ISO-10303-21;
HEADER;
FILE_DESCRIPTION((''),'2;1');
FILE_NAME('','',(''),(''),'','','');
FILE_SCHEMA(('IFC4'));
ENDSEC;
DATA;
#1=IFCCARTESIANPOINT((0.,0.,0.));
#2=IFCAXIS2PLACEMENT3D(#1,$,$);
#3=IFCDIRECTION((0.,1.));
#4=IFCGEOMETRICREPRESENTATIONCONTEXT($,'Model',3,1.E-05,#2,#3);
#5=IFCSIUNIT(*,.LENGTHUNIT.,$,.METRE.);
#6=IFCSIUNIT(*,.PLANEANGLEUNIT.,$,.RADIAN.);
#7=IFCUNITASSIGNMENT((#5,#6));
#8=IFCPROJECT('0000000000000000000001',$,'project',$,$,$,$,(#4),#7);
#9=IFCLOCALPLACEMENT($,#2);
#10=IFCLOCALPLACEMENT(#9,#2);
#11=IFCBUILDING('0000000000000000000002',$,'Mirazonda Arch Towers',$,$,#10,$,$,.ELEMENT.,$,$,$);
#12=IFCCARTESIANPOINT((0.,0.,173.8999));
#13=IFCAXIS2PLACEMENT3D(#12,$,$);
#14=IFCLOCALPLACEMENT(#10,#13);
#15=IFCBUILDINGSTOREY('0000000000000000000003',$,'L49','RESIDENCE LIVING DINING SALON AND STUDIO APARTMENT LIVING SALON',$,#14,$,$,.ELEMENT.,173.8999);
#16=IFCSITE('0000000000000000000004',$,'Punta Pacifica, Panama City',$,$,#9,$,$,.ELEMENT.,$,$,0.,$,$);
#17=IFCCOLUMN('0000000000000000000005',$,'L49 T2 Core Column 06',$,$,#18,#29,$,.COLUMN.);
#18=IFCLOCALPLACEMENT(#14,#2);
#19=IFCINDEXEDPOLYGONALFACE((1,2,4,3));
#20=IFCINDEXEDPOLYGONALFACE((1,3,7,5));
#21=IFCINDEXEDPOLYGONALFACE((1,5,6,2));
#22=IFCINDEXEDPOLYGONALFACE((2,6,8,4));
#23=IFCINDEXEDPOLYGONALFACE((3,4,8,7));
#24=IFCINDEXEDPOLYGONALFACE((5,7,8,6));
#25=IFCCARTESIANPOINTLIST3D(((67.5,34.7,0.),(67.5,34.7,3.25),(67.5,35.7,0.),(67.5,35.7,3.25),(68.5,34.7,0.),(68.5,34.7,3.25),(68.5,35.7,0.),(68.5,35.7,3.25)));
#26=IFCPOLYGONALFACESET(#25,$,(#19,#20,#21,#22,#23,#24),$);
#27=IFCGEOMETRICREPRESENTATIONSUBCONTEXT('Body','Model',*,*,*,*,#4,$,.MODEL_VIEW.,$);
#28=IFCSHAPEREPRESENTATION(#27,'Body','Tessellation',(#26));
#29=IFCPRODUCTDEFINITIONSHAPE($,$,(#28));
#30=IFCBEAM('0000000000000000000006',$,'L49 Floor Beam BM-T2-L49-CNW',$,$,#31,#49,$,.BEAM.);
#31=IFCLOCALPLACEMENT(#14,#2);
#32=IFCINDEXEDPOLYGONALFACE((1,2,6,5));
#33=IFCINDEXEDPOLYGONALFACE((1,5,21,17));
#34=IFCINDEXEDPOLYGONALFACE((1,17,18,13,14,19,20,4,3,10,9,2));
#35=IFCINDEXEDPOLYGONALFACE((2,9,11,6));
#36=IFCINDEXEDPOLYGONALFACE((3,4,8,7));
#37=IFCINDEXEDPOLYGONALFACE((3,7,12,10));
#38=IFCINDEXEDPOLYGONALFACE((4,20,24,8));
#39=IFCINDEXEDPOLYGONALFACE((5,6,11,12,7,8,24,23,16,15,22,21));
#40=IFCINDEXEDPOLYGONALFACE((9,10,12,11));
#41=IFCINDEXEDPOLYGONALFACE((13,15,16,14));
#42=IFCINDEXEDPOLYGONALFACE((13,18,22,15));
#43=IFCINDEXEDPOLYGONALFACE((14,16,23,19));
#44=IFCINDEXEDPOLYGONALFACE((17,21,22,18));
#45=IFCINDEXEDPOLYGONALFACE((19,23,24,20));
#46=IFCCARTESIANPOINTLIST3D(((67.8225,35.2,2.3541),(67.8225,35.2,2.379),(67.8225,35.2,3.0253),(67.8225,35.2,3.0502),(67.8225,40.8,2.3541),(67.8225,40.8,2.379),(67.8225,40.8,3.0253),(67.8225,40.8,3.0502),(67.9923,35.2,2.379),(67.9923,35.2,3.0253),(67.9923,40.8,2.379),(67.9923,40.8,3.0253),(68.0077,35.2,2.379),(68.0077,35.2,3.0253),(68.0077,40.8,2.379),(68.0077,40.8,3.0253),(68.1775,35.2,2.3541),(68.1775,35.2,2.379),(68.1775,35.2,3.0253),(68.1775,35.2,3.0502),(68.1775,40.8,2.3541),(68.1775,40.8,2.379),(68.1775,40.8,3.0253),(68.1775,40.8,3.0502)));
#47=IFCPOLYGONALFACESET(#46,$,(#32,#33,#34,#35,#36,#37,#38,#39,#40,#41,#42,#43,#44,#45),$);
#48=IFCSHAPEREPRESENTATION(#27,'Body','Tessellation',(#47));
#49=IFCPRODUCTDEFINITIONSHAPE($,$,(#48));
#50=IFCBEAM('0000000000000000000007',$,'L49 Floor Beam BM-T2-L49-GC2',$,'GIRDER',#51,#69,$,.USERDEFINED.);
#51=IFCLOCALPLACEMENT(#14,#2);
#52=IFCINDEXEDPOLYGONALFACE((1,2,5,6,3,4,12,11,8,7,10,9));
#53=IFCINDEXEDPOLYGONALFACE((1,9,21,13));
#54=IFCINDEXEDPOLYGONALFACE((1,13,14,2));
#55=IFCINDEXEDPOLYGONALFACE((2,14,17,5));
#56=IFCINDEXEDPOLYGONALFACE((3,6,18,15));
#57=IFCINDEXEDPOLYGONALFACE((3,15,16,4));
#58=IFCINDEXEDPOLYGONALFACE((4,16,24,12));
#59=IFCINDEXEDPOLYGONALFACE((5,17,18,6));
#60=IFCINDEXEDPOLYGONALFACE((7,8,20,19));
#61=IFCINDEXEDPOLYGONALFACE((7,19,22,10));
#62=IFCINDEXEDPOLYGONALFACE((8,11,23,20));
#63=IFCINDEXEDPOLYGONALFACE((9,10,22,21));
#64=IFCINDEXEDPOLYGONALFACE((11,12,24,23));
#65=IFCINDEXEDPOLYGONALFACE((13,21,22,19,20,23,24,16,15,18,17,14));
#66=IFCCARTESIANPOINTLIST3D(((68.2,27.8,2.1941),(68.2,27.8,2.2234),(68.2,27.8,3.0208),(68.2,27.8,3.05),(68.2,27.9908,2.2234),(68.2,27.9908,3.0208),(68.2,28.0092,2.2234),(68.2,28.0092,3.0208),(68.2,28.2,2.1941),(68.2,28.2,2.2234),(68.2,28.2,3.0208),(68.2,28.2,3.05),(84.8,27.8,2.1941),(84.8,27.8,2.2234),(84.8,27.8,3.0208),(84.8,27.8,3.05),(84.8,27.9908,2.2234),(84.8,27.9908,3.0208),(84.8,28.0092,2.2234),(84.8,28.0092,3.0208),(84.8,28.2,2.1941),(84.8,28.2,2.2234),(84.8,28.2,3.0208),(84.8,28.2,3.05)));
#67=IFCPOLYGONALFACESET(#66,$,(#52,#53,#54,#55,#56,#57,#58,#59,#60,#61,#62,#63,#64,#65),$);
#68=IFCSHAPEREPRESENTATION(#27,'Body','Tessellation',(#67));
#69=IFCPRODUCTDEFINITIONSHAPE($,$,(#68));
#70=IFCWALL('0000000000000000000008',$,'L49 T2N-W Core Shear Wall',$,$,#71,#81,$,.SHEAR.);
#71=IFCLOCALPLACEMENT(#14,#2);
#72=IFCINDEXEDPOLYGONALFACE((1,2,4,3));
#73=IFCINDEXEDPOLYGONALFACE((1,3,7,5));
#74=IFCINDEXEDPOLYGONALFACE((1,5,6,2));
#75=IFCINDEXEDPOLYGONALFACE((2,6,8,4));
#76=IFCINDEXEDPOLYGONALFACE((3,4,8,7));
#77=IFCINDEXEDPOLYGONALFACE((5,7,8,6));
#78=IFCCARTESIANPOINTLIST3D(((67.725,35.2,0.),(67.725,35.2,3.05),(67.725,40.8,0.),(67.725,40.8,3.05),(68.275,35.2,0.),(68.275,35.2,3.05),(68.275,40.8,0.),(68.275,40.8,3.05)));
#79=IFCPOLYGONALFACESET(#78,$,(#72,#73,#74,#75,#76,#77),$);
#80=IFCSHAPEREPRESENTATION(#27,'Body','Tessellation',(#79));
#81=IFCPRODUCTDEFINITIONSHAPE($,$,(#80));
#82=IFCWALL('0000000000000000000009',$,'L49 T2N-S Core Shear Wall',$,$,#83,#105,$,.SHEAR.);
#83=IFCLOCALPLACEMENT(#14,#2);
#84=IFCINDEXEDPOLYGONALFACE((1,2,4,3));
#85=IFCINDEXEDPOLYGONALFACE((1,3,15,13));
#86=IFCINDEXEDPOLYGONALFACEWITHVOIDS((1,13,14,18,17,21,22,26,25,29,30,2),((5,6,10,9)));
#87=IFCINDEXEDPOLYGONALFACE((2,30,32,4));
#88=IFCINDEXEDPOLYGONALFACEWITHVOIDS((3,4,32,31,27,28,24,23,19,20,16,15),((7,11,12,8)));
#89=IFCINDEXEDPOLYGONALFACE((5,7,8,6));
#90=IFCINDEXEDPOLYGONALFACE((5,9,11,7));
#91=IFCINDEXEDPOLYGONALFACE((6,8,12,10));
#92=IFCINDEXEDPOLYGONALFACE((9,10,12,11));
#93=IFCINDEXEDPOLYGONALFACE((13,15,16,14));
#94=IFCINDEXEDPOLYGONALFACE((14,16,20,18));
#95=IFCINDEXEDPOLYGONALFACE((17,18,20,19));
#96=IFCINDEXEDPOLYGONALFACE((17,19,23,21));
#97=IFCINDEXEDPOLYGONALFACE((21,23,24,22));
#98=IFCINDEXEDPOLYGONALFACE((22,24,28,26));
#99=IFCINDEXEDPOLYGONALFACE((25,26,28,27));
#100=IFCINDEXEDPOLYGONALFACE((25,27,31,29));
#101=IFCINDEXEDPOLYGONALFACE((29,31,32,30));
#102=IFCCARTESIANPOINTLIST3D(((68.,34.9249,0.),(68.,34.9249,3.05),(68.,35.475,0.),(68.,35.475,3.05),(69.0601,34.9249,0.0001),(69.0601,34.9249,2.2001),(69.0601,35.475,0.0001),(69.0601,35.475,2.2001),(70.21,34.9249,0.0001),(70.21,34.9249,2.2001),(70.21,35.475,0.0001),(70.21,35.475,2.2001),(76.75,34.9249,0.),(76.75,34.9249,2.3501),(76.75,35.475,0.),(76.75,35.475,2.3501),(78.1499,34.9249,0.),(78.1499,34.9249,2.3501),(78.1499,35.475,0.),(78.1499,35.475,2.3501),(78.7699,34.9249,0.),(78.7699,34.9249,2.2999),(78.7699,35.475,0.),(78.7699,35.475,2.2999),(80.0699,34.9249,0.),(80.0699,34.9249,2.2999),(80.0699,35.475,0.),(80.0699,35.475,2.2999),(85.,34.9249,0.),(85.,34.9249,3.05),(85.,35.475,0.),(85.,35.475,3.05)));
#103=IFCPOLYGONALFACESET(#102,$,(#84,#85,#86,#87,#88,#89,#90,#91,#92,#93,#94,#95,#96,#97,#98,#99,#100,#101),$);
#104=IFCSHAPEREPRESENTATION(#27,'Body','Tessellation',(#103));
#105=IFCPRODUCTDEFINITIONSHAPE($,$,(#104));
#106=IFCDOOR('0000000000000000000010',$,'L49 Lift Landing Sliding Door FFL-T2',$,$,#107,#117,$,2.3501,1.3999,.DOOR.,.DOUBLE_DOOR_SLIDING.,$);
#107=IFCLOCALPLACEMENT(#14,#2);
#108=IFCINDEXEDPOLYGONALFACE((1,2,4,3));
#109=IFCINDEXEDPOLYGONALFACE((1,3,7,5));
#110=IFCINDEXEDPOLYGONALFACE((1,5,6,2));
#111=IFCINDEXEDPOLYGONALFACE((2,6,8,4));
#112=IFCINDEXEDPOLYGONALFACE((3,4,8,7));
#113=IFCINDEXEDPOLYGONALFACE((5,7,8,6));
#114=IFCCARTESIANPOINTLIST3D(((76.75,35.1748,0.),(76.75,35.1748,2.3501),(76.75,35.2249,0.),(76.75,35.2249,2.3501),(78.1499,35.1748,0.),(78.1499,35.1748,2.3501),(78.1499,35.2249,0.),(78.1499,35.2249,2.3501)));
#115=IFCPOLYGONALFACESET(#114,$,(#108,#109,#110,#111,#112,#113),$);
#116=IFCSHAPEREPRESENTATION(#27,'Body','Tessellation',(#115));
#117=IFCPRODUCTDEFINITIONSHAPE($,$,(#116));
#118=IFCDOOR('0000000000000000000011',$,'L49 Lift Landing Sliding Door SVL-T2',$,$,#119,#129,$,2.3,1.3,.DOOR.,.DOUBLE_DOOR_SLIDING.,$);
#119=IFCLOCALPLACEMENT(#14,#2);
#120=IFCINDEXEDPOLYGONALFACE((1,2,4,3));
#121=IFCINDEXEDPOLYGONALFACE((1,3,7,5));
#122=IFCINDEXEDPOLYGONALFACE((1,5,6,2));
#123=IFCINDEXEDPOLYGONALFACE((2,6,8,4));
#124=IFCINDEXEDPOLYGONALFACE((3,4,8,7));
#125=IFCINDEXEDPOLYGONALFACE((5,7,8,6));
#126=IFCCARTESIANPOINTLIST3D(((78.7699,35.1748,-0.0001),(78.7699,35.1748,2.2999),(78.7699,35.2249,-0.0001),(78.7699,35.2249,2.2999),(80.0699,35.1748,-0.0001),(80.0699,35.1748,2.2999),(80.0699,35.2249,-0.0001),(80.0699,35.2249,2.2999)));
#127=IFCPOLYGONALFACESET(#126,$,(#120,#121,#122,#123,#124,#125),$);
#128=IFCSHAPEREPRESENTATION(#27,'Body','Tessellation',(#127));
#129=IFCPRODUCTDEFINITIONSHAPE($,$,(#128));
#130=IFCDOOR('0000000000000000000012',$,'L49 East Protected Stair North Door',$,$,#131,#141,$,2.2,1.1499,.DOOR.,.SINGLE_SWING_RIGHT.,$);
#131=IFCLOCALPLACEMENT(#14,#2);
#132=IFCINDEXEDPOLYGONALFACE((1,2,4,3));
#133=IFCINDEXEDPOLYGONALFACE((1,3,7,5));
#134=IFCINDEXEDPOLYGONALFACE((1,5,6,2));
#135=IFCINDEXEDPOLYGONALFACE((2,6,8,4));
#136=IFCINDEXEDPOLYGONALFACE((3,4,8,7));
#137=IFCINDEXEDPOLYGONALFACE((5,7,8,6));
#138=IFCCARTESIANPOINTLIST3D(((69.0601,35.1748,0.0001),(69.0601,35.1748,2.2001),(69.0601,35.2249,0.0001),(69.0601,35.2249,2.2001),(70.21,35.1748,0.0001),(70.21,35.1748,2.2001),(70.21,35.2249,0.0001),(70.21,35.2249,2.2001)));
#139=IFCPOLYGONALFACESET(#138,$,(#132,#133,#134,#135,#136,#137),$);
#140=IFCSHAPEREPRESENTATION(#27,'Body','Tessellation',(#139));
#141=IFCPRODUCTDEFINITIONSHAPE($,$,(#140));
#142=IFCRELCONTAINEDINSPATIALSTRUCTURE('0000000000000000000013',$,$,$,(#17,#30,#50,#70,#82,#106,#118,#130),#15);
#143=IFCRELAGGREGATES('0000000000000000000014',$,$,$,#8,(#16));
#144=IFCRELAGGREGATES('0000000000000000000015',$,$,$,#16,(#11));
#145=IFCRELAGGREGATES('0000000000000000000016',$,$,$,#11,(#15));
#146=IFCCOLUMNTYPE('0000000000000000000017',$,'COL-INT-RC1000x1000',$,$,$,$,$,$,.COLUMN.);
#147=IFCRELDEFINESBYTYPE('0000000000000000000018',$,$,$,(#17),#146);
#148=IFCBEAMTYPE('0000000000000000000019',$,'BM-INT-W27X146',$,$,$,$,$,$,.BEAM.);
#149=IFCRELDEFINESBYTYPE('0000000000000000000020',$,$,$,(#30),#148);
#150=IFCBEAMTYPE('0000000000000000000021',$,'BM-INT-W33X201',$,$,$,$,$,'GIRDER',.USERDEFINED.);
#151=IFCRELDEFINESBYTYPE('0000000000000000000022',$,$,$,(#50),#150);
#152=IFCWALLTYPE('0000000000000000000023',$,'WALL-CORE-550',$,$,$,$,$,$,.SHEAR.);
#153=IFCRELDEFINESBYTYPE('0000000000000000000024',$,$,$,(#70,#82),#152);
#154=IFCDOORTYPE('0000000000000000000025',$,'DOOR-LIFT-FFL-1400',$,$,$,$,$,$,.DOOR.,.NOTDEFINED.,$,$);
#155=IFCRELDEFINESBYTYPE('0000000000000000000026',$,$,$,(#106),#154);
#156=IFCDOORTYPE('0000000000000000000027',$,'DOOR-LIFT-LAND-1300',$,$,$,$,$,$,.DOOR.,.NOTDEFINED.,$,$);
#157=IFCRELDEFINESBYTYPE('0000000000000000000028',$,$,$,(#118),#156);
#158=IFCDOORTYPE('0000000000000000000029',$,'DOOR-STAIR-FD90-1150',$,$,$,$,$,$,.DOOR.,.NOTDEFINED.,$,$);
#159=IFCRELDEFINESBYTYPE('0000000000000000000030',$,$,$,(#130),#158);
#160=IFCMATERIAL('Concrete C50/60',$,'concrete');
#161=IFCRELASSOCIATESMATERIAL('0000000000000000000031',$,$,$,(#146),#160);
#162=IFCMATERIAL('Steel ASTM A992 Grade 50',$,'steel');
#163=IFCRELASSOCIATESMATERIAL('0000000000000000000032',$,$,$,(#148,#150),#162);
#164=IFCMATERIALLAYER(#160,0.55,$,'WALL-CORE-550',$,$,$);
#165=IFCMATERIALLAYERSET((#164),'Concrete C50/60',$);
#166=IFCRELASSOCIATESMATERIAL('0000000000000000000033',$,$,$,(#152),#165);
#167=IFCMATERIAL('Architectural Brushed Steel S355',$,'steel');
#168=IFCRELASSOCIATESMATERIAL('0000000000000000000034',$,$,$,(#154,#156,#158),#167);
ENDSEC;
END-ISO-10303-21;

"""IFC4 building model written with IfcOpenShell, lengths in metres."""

from ifc_helpers import new_model, si_unit, direction, frame, frame_2d, origin, origin_2d, place, context, subcontext, project, spatial, rectangle, i_section, extrude, material, layer, layer_set, material_profile, profile_set, type_object, element, fill, save


model = new_model("IFC4")

# Units and contexts
model_context = context("Model", 3, precision=1e-05, world=origin(), true_north=direction((0.0, 1.0)))
body_context = subcontext(model_context, "Body", "Model", "MODEL_VIEW")
ifc_project = project(units=[si_unit("LENGTHUNIT", "METRE"), si_unit("PLANEANGLEUNIT", "RADIAN")], contexts=[model_context])

# Site, building, storey
site_placement = place(None, origin())
site = spatial("IfcSite", under=ifc_project, at=site_placement, Name="Punta Pacifica, Panama City", CompositionType="ELEMENT", RefElevation=0.0)
building_placement = place(site_placement, origin())
building = spatial("IfcBuilding", under=site, at=building_placement, Name="Mirazonda Arch Towers", CompositionType="ELEMENT")
storey_placement = place(building_placement, frame((0.0, 0.0, 173.8999)))
storey = spatial("IfcBuildingStorey", under=building, at=storey_placement, Name="L49", Description="RESIDENCE LIVING DINING SALON AND STUDIO APARTMENT LIVING SALON", CompositionType="ELEMENT", Elevation=173.8999)

# Column
ifc_material_1 = material(Name="Concrete C50/60", Category="concrete")
ifc_material_profile_1 = material_profile(ifc_material_1, rectangle(XDim=1.0, YDim=1.0, at=origin_2d()), Name="RC1000x1000")
ifc_profile_set_1 = profile_set([ifc_material_profile_1], Name="Concrete C50/60")
column_type = type_object("IfcColumnType", Name="COL-INT-RC1000x1000", PredefinedType="COLUMN", material=ifc_profile_set_1)
column_placement = place(storey_placement, frame((68.0, 35.2, 0.0), z_axis=(0.0, 0.0, 1.0), x_axis=(1.0, 0.0, 0.0)))
element("IfcColumn", 1, at=column_placement, inside=storey, type_object=column_type, Name="L49 T2 Core Column 06", PredefinedType="COLUMN", context=body_context, shape_type="SweptSolid", body=[
    extrude(rectangle(XDim=1.0, YDim=1.0, at=origin_2d()), origin(), (0.0, 0.0, 1.0), 3.25),
])

# Beams
ifc_material_2 = material(Name="Steel ASTM A992 Grade 50", Category="steel")
ifc_material_profile_2 = material_profile(ifc_material_2, i_section(OverallWidth=0.355, OverallDepth=0.696, WebThickness=0.0154, FlangeThickness=0.0249, at=origin_2d()), Name="W27X146")
ifc_profile_set_2 = profile_set([ifc_material_profile_2], Name="Steel ASTM A992 Grade 50")
beam_type_1 = type_object("IfcBeamType", Name="BM-INT-W27X146", PredefinedType="BEAM", material=ifc_profile_set_2)
beam_1_placement = place(storey_placement, frame((68.0, 35.2, 2.7021), z_axis=(0.0, 1.0, 0.0), x_axis=(-1.0, 0.0, 0.0)))
element("IfcBeam", 2, at=beam_1_placement, inside=storey, type_object=beam_type_1, Name="L49 Floor Beam BM-T2-L49-CNW", PredefinedType="BEAM", context=body_context, shape_type="SweptSolid", body=[
    extrude(i_section(OverallWidth=0.355, OverallDepth=0.696, WebThickness=0.0154, FlangeThickness=0.0249, at=origin_2d()), origin(), (0.0, 0.0, 1.0), 5.6001),
])
ifc_material_profile_3 = material_profile(ifc_material_2, i_section(OverallWidth=0.3999, OverallDepth=0.856, WebThickness=0.0183, FlangeThickness=0.0293, at=origin_2d()), Name="W33X201")
ifc_profile_set_3 = profile_set([ifc_material_profile_3], Name="Steel ASTM A992 Grade 50")
beam_type_2 = type_object("IfcBeamType", Name="BM-INT-W33X201", ElementType="GIRDER", PredefinedType="USERDEFINED", material=ifc_profile_set_3)
beam_2_placement = place(storey_placement, frame((68.2, 28.0, 2.6221), z_axis=(1.0, 0.0, 0.0), x_axis=(0.0, 1.0, 0.0)))
element("IfcBeam", 3, at=beam_2_placement, inside=storey, type_object=beam_type_2, Name="L49 Floor Beam BM-T2-L49-GC2", ObjectType="GIRDER", PredefinedType="USERDEFINED", context=body_context, shape_type="SweptSolid", body=[
    extrude(i_section(OverallWidth=0.3999, OverallDepth=0.856, WebThickness=0.0183, FlangeThickness=0.0293, at=origin_2d()), origin(), (0.0, 0.0, 1.0), 16.6001),
])

# Wall
ifc_layer_1 = layer(ifc_material_1, 0.55, Name="WALL-CORE-550")
ifc_layer_set_1 = layer_set([ifc_layer_1], Name="Concrete C50/60")
wall_type_1 = type_object("IfcWallType", Name="WALL-CORE-550", PredefinedType="SHEAR", material=ifc_layer_set_1)
wall_1_placement = place(storey_placement, frame((68.0, 35.2, 0.0), z_axis=(0.0, 0.0, 1.0), x_axis=(0.0, 1.0, 0.0)))
element("IfcWall", 4, at=wall_1_placement, inside=storey, type_object=wall_type_1, Name="L49 T2N-W Core Shear Wall", PredefinedType="SHEAR", context=body_context, shape_type="SweptSolid", body=[
    extrude(rectangle(XDim=5.6001, YDim=0.55, at=frame_2d((2.8, 0.0))), origin(), (0.0, 0.0, 1.0), 3.05),
])

# Wall, openings, doors
wall_2_placement = place(storey_placement, frame((68.0, 35.2, 0.0), z_axis=(0.0, 0.0, 1.0), x_axis=(1.0, 0.0, 0.0)))
wall_2 = element("IfcWall", 5, at=wall_2_placement, inside=storey, type_object=wall_type_1, Name="L49 T2N-S Core Shear Wall", PredefinedType="SHEAR", context=body_context, shape_type="SweptSolid", body=[
    extrude(rectangle(XDim=17.0, YDim=0.55, at=frame_2d((8.5, 0.0))), origin(), (0.0, 0.0, 1.0), 3.05),
])
opening_1_placement = place(wall_2_placement, frame((1.0601, 0.0, 0.0)))
opening_1 = element("IfcOpeningElement", 6, at=opening_1_placement, cuts=wall_2, PredefinedType="OPENING", context=body_context, shape_type="SweptSolid", body=[
    extrude(rectangle(XDim=1.1499, YDim=2.2, at=frame_2d((0.575, 1.1001))), frame((0.0, 0.2849, 0.0), z_axis=(0.0, -1.0, 0.0), x_axis=(1.0, 0.0, 0.0)), (0.0, 0.0, 1.0), 0.5701),
])
opening_2_placement = place(wall_2_placement, frame((8.75, 0.0, 0.0)))
opening_2 = element("IfcOpeningElement", 7, at=opening_2_placement, cuts=wall_2, PredefinedType="OPENING", context=body_context, shape_type="SweptSolid", body=[
    extrude(rectangle(XDim=1.3999, YDim=2.3501, at=frame_2d((0.7, 1.175))), frame((0.0, 0.2849, 0.0), z_axis=(0.0, -1.0, 0.0), x_axis=(1.0, 0.0, 0.0)), (0.0, 0.0, 1.0), 0.5701),
])
opening_3_placement = place(wall_2_placement, frame((10.77, 0.0, 0.0)))
opening_3 = element("IfcOpeningElement", 8, at=opening_3_placement, cuts=wall_2, PredefinedType="OPENING", context=body_context, shape_type="SweptSolid", body=[
    extrude(rectangle(XDim=1.3, YDim=2.3, at=frame_2d((0.6499, 1.1499))), frame((0.0, 0.2849, 0.0), z_axis=(0.0, -1.0, 0.0), x_axis=(1.0, 0.0, 0.0)), (0.0, 0.0, 1.0), 0.5701),
])
ifc_material_3 = material(Name="Architectural Brushed Steel S355", Category="steel")
door_type_1 = type_object("IfcDoorType", Name="DOOR-LIFT-FFL-1400", OperationType="NOTDEFINED", PredefinedType="DOOR", material=ifc_material_3)
door_1_placement = place(opening_2_placement, origin())
door_1 = element("IfcDoor", 9, at=door_1_placement, inside=storey, type_object=door_type_1, Name="L49 Lift Landing Sliding Door FFL-T2", OperationType="DOUBLE_DOOR_SLIDING", OverallHeight=2.3501, OverallWidth=1.3999, PredefinedType="DOOR", context=body_context, shape_type="SweptSolid", body=[
    extrude(rectangle(XDim=1.3999, YDim=2.3501, at=frame_2d((0.7, 1.175))), frame((0.0, 0.0249, 0.0), z_axis=(0.0, -1.0, 0.0), x_axis=(1.0, 0.0, 0.0)), (0.0, 0.0, 1.0), 0.05),
])
fill(opening_2, door_1)
door_type_2 = type_object("IfcDoorType", Name="DOOR-LIFT-LAND-1300", OperationType="NOTDEFINED", PredefinedType="DOOR", material=ifc_material_3)
door_2_placement = place(opening_3_placement, origin())
door_2 = element("IfcDoor", 10, at=door_2_placement, inside=storey, type_object=door_type_2, Name="L49 Lift Landing Sliding Door SVL-T2", OperationType="DOUBLE_DOOR_SLIDING", OverallHeight=2.3, OverallWidth=1.3, PredefinedType="DOOR", context=body_context, shape_type="SweptSolid", body=[
    extrude(rectangle(XDim=1.3, YDim=2.3, at=frame_2d((0.6499, 1.1499))), frame((0.0, 0.0249, 0.0), z_axis=(0.0, -1.0, 0.0), x_axis=(1.0, 0.0, 0.0)), (0.0, 0.0, 1.0), 0.05),
])
fill(opening_3, door_2)
door_type_3 = type_object("IfcDoorType", Name="DOOR-STAIR-FD90-1150", OperationType="NOTDEFINED", PredefinedType="DOOR", material=ifc_material_3)
door_3_placement = place(opening_1_placement, origin())
door_3 = element("IfcDoor", 11, at=door_3_placement, inside=storey, type_object=door_type_3, Name="L49 East Protected Stair North Door", OperationType="SINGLE_SWING_RIGHT", OverallHeight=2.2, OverallWidth=1.1499, PredefinedType="DOOR", context=body_context, shape_type="SweptSolid", body=[
    extrude(rectangle(XDim=1.1499, YDim=2.2, at=frame_2d((0.575, 1.1001))), frame((0.0, 0.0249, 0.0), z_axis=(0.0, -1.0, 0.0), x_axis=(1.0, 0.0, 0.0)), (0.0, 0.0, 1.0), 0.05),
])
fill(opening_1, door_3)

save(model, "model.ifc")
